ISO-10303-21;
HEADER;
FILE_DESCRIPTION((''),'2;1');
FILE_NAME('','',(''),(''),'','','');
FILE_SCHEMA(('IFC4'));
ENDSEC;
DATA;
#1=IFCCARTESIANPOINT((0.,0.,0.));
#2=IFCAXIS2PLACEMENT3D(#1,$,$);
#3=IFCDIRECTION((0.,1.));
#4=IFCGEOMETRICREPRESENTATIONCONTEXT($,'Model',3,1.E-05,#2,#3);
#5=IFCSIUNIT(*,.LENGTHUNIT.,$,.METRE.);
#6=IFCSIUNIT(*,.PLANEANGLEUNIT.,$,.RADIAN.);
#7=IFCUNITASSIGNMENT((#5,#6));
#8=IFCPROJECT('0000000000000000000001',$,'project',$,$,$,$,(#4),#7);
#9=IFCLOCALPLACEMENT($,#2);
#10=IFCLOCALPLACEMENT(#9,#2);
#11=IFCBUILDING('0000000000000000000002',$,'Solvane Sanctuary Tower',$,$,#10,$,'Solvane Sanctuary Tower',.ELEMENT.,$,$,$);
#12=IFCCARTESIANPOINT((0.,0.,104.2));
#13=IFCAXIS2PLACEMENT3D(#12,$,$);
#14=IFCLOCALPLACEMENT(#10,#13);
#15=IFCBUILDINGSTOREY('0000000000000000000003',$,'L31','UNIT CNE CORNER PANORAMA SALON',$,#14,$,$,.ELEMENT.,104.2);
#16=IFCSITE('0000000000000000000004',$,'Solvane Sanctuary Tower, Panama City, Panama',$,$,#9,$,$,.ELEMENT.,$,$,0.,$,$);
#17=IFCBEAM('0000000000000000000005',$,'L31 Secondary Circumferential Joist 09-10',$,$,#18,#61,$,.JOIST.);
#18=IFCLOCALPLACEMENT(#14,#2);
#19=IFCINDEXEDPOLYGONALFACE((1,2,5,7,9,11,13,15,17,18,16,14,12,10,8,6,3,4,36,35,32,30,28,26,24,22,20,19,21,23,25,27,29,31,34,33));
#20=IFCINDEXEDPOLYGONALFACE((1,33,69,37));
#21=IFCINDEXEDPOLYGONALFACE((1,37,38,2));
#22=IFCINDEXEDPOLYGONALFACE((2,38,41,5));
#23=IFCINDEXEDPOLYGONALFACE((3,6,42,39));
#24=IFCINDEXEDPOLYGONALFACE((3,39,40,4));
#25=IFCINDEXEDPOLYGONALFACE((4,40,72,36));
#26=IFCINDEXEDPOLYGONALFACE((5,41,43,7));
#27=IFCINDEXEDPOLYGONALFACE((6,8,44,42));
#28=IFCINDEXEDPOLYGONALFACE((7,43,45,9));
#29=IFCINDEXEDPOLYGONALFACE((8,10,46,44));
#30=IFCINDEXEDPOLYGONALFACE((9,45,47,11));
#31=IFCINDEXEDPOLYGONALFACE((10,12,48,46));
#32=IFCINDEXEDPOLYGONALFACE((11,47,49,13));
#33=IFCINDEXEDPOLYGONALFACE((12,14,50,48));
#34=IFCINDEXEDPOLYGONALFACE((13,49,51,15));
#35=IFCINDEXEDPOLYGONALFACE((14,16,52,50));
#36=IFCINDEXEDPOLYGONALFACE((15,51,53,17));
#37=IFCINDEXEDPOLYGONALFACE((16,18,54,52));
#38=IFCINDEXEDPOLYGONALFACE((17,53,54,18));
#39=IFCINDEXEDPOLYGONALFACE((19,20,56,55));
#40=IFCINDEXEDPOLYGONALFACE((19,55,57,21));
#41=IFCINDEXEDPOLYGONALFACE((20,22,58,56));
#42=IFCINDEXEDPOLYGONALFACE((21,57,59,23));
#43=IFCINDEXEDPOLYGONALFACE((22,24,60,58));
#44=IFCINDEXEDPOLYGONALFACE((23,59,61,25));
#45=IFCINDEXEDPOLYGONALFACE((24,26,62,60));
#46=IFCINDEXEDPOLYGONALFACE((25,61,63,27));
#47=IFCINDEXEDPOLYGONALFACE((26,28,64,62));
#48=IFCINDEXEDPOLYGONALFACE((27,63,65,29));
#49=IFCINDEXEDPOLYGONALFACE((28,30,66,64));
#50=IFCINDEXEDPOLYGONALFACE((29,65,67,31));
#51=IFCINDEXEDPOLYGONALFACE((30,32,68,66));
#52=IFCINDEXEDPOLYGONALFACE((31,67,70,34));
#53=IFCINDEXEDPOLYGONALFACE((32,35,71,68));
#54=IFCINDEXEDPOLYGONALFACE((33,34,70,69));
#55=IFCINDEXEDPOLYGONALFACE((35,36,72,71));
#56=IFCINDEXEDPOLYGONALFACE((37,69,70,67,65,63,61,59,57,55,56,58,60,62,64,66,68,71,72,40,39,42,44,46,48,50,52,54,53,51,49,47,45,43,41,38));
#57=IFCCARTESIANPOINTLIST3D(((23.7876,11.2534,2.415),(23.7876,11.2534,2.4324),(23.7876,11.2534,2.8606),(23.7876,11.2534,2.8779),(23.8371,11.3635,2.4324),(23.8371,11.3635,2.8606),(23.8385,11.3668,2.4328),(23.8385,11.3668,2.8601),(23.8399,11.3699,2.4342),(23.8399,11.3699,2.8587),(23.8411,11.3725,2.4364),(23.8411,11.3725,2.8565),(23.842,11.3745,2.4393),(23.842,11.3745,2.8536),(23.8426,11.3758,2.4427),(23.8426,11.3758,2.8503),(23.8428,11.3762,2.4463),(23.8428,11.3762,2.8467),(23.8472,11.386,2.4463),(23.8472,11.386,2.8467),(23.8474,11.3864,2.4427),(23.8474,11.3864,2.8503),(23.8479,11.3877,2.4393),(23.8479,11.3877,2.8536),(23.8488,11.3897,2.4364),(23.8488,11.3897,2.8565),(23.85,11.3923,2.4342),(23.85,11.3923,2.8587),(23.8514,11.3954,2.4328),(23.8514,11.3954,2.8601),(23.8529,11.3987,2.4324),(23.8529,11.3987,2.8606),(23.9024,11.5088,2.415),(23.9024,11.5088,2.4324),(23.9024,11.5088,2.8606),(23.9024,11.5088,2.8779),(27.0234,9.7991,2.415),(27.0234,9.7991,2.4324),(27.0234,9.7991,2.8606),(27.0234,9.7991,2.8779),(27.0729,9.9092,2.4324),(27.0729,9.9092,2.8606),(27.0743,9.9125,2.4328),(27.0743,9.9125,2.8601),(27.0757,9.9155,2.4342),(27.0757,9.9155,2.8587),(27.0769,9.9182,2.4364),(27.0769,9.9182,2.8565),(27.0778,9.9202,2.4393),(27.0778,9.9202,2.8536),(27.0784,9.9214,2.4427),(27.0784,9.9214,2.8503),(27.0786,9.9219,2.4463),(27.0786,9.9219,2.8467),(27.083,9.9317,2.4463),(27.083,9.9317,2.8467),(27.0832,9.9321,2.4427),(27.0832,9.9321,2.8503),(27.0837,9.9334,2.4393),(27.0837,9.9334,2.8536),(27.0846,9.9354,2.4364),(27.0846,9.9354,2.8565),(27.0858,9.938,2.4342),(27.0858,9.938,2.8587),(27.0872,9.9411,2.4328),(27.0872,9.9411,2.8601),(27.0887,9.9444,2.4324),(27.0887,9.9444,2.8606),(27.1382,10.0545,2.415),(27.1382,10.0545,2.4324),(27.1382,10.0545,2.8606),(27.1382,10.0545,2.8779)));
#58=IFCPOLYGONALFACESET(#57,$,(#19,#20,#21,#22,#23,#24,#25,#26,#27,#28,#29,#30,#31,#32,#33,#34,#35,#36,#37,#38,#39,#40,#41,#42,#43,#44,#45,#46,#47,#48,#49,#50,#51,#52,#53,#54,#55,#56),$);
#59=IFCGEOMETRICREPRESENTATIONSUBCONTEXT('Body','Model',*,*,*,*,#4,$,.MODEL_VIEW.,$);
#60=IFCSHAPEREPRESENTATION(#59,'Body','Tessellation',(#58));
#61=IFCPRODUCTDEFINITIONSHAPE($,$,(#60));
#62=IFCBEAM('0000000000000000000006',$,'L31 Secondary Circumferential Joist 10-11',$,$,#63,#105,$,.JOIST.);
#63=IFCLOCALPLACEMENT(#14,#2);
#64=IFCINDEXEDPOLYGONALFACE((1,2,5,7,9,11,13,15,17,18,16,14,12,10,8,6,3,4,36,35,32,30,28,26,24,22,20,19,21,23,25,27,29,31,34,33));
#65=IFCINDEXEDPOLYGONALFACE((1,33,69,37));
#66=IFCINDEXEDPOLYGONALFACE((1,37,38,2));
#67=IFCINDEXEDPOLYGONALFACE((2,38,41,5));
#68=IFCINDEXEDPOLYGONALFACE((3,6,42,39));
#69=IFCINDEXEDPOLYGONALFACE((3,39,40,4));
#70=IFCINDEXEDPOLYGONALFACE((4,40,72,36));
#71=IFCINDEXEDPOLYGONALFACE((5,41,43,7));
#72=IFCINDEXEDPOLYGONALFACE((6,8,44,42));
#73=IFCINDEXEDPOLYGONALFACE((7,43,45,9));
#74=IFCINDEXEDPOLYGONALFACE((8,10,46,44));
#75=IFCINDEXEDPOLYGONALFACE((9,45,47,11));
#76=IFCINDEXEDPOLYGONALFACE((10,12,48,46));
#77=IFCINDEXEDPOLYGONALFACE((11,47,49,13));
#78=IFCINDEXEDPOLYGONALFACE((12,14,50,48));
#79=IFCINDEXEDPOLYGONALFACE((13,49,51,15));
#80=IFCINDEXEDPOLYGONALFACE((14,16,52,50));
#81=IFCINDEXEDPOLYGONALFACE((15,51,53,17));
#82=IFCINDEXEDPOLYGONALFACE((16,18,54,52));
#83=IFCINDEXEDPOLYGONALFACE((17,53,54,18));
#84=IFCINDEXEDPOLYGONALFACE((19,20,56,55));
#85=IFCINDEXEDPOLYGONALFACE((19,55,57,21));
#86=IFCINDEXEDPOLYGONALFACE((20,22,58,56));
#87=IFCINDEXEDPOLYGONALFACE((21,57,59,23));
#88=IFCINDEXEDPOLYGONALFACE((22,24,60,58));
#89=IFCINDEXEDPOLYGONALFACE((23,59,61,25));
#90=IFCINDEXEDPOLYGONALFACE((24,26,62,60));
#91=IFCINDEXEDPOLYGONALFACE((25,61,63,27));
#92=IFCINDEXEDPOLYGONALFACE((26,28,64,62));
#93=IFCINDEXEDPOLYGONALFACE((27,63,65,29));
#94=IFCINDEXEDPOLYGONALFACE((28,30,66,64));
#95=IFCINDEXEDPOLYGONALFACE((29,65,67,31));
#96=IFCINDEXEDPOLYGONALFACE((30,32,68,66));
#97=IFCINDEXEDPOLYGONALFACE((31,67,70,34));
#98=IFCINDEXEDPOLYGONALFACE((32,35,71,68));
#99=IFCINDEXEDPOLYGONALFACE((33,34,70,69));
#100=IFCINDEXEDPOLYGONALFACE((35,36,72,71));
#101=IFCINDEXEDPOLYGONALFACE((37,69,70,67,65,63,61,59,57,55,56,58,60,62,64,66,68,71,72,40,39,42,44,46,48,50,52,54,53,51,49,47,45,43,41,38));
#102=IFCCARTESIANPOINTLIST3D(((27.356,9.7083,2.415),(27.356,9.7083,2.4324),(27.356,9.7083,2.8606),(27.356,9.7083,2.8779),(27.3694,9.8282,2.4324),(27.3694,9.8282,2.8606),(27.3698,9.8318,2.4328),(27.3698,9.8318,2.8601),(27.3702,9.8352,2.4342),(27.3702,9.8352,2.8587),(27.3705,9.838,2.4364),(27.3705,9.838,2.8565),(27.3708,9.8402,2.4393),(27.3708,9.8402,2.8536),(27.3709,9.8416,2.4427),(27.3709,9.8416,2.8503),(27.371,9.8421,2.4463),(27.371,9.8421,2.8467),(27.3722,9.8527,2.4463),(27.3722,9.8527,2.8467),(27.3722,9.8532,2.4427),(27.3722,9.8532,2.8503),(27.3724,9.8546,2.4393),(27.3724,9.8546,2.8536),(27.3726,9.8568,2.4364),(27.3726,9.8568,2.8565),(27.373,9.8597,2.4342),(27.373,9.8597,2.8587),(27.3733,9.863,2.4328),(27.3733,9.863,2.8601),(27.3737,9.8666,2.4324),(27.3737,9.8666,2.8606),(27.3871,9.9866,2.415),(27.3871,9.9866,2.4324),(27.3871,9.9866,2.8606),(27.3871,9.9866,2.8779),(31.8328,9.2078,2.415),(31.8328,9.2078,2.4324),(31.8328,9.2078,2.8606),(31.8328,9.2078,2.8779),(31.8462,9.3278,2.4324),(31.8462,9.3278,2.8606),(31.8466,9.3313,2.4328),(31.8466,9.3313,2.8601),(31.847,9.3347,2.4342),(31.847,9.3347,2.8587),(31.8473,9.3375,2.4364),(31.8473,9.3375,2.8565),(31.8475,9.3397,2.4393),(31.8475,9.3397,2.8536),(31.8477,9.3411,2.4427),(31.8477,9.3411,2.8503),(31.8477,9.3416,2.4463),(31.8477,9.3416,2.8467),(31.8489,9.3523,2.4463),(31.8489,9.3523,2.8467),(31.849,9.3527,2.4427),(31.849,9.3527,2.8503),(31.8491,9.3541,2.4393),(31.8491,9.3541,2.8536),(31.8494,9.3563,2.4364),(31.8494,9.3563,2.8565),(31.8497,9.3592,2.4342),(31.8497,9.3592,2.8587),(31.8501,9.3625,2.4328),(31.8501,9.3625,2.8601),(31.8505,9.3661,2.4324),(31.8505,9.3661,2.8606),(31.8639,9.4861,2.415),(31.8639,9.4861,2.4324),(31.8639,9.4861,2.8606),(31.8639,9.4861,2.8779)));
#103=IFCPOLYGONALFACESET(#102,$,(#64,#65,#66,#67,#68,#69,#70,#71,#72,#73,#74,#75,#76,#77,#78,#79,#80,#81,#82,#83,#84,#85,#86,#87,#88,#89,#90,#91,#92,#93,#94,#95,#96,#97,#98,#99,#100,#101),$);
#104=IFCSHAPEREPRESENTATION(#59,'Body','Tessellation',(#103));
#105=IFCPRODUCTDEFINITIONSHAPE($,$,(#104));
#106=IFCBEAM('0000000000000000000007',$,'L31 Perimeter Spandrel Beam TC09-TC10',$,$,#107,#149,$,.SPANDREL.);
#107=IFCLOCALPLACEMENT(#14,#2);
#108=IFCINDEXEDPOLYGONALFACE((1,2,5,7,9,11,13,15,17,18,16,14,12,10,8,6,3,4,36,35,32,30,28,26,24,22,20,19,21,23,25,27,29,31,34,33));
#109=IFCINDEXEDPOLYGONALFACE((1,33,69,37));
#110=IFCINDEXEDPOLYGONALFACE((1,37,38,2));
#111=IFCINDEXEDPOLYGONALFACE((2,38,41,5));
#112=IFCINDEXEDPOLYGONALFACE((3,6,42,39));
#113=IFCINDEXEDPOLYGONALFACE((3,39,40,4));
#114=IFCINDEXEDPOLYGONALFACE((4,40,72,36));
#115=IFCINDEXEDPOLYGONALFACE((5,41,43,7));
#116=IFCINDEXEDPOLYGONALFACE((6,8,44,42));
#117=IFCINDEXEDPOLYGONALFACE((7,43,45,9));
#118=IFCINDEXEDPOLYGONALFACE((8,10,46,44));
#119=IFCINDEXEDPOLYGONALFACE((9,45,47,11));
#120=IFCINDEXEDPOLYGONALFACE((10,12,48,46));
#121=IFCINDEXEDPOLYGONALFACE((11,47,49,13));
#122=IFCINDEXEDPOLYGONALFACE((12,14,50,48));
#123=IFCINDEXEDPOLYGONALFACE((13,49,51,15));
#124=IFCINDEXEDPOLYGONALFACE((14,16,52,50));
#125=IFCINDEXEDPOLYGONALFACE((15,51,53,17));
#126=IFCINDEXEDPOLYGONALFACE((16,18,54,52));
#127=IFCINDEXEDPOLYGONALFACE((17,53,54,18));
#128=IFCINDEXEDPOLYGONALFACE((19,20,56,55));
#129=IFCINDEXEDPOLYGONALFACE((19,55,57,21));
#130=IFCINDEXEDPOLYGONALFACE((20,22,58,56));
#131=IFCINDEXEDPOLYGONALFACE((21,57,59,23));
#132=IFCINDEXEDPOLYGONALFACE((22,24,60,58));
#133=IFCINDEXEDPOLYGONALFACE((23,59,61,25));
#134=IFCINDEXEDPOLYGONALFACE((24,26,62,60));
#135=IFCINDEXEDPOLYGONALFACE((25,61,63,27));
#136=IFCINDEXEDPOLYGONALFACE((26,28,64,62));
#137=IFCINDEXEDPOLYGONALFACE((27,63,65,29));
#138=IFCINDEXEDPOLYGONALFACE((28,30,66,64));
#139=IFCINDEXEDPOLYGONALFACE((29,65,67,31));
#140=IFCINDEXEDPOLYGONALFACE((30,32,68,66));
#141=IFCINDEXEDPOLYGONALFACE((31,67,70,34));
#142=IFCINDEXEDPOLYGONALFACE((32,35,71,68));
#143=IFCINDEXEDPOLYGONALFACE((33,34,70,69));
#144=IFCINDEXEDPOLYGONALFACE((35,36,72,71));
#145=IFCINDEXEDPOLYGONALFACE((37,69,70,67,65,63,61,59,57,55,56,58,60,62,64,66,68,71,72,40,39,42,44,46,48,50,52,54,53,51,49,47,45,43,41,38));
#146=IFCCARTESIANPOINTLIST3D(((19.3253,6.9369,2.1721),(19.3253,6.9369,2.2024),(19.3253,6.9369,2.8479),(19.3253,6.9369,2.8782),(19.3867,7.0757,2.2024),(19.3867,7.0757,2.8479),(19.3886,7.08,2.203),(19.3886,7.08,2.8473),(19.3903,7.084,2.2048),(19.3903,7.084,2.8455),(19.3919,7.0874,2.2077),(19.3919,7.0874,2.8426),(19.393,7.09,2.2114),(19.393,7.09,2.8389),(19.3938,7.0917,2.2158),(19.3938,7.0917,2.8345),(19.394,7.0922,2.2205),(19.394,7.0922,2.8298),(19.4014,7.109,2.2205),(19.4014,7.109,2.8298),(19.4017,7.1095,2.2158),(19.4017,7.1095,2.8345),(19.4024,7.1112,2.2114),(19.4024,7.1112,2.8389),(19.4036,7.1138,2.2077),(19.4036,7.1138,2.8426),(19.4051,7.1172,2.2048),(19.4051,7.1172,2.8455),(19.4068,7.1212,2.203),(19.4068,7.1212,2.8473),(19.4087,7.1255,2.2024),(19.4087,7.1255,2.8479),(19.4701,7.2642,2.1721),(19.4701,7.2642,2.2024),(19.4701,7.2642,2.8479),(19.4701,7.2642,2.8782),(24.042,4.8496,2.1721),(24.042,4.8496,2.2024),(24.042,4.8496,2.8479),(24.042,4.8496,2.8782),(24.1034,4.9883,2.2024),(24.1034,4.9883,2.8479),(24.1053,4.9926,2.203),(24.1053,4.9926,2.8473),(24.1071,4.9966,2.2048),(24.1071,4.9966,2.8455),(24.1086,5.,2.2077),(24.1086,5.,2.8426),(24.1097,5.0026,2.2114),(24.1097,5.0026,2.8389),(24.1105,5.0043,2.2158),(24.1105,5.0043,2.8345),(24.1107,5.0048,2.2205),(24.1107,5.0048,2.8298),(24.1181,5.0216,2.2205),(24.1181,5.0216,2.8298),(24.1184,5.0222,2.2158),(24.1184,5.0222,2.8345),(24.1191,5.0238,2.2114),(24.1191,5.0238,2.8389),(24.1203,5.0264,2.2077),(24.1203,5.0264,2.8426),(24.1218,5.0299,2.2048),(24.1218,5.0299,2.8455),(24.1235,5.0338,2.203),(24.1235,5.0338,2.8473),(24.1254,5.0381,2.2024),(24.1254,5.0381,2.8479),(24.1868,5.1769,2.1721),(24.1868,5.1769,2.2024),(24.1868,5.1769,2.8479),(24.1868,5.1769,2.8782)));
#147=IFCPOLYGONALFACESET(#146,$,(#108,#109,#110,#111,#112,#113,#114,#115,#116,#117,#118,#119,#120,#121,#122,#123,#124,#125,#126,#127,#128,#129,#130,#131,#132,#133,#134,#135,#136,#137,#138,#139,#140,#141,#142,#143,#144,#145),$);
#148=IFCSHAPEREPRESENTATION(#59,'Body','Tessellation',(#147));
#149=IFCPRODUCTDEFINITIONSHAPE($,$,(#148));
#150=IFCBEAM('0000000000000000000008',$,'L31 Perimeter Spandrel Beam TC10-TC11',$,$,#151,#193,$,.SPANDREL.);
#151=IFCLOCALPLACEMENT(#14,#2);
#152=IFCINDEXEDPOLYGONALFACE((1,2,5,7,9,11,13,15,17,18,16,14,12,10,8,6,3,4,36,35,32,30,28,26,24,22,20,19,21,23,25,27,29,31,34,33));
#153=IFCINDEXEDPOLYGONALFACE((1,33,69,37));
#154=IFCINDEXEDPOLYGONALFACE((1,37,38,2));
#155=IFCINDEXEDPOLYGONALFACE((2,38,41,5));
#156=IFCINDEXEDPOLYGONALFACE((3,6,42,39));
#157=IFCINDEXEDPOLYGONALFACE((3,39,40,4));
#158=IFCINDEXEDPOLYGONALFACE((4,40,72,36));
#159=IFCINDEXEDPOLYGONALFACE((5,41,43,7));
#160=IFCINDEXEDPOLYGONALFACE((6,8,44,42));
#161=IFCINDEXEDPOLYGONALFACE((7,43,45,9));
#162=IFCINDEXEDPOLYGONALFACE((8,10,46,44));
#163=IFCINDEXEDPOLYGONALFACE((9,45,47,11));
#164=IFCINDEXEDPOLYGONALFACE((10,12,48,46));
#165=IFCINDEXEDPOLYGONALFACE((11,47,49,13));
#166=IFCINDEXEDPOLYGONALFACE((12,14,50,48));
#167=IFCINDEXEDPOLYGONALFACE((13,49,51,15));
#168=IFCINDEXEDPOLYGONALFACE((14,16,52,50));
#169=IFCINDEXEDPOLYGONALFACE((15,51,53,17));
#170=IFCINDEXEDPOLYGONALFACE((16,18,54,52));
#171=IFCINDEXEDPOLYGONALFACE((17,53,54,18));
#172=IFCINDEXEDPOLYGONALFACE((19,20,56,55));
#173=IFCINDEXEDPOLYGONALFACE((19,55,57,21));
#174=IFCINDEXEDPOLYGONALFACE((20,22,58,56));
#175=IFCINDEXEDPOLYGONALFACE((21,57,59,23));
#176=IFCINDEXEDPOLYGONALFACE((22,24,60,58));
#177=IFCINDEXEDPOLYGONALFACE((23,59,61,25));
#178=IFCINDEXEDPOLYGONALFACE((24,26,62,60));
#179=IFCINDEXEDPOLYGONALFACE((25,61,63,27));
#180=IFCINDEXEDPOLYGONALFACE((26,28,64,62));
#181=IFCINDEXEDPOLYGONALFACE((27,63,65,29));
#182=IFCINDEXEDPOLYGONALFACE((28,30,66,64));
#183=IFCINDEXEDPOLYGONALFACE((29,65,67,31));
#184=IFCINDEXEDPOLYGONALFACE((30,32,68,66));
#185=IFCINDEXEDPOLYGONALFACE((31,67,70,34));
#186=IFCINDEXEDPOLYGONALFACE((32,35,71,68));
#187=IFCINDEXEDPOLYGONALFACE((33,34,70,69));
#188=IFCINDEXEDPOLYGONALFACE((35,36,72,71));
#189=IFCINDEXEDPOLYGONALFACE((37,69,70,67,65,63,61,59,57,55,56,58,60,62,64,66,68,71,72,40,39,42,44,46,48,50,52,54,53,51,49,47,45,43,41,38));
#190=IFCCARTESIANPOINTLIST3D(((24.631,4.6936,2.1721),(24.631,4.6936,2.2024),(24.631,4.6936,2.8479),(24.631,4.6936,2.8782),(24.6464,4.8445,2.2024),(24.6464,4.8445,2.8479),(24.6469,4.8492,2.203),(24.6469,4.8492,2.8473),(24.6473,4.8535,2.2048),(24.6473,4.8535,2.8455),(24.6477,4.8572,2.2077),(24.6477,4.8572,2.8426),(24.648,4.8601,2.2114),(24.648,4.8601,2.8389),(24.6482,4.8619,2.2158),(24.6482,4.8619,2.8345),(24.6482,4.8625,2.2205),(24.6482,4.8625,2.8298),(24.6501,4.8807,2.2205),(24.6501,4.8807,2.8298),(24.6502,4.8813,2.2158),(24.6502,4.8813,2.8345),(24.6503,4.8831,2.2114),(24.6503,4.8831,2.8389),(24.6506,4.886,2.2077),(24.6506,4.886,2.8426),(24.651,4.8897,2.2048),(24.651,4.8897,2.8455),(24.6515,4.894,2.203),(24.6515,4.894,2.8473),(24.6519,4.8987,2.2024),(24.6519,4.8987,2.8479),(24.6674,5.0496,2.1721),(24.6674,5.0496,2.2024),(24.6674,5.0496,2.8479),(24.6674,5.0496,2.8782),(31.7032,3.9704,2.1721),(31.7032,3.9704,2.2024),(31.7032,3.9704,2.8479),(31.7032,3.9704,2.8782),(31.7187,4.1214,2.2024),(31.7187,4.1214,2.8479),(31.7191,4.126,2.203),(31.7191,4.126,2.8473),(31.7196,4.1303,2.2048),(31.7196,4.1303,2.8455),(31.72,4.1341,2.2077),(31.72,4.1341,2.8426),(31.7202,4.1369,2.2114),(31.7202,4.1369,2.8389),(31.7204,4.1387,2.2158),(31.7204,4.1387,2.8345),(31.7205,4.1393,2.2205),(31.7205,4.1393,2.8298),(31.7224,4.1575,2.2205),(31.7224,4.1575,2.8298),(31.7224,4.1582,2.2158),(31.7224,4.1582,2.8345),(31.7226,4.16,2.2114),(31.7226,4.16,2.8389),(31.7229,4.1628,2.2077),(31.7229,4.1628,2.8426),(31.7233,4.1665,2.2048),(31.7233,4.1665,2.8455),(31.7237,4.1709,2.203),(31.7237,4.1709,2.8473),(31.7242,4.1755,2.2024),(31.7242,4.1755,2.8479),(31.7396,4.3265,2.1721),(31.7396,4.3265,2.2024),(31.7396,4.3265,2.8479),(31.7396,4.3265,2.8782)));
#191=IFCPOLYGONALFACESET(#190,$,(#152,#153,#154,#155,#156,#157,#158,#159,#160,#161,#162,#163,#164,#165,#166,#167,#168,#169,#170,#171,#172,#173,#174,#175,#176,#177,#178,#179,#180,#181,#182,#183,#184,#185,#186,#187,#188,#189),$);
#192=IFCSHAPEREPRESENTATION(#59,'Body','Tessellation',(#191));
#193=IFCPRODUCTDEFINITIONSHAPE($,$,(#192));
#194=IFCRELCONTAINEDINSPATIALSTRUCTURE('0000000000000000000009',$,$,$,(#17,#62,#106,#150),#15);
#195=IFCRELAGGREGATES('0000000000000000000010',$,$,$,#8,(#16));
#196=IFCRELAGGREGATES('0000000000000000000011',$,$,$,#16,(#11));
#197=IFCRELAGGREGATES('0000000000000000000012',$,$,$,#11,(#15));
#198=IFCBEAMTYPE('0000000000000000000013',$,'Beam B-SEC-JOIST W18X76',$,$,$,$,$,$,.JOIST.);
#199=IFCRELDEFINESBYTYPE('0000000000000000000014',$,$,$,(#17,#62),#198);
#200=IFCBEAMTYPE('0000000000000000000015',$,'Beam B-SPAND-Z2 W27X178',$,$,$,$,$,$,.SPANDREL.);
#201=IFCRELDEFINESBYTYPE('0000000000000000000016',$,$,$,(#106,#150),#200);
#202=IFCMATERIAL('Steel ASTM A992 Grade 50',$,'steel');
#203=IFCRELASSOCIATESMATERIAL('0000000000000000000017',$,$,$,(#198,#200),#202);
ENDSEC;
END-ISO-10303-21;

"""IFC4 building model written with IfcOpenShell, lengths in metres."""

from ifc_helpers import new_model, si_unit, direction, frame, origin, origin_2d, place, context, subcontext, project, spatial, i_section, extrude, material, material_profile, profile_set, type_object, element, save


model = new_model("IFC4")

# Units and contexts
model_context = context("Model", 3, precision=1e-05, world=origin(), true_north=direction((0.0, 1.0)))
body_context = subcontext(model_context, "Body", "Model", "MODEL_VIEW")
ifc_project = project(units=[si_unit("LENGTHUNIT", "METRE"), si_unit("PLANEANGLEUNIT", "RADIAN")], contexts=[model_context])

# Site, building, storey
site_placement = place(None, origin())
site = spatial("IfcSite", under=ifc_project, at=site_placement, Name="Solvane Sanctuary Tower, Panama City, Panama", CompositionType="ELEMENT", RefElevation=0.0)
building_placement = place(site_placement, origin())
building = spatial("IfcBuilding", under=site, at=building_placement, Name="Solvane Sanctuary Tower", LongName="Solvane Sanctuary Tower", CompositionType="ELEMENT")
storey_placement = place(building_placement, frame((0.0, 0.0, 104.2)))
storey = spatial("IfcBuildingStorey", under=building, at=storey_placement, Name="L31", Description="UNIT CNE CORNER PANORAMA SALON", CompositionType="ELEMENT", Elevation=104.2)

# Beams
ifc_material_1 = material(Name="Steel ASTM A992 Grade 50", Category="steel")
ifc_material_profile_1 = material_profile(ifc_material_1, i_section(OverallWidth=0.28, OverallDepth=0.4629, WebThickness=0.0107, FlangeThickness=0.0173, FilletRadius=0.0139, at=origin_2d()), Name="W18X76")
ifc_profile_set_1 = profile_set([ifc_material_profile_1], Name="Steel ASTM A992 Grade 50")
beam_type_1 = type_object("IfcBeamType", Name="Beam B-SEC-JOIST W18X76", PredefinedType="JOIST", material=ifc_profile_set_1)
beam_1_placement = place(storey_placement, frame((23.845, 11.3811, 2.6465), z_axis=(0.912109, -0.409947, 0.0), x_axis=(0.409947, 0.912109, 0.0)))
element("IfcBeam", 1, at=beam_1_placement, inside=storey, type_object=beam_type_1, Name="L31 Secondary Circumferential Joist 09-10", PredefinedType="JOIST", context=body_context, shape_type="SweptSolid", body=[
    extrude(i_section(OverallWidth=0.28, OverallDepth=0.4629, WebThickness=0.0107, FlangeThickness=0.0173, FilletRadius=0.0139, at=origin_2d()), origin(), (0.0, 0.0, 1.0), 3.5476),
])
beam_2_placement = place(storey_placement, frame((27.3716, 9.8474, 2.6465), z_axis=(0.993809, -0.111104, 0.0), x_axis=(0.111104, 0.993809, 0.0)))
element("IfcBeam", 2, at=beam_2_placement, inside=storey, type_object=beam_type_1, Name="L31 Secondary Circumferential Joist 10-11", PredefinedType="JOIST", context=body_context, shape_type="SweptSolid", body=[
    extrude(i_section(OverallWidth=0.28, OverallDepth=0.4629, WebThickness=0.0107, FlangeThickness=0.0173, FilletRadius=0.0139, at=origin_2d()), origin(), (0.0, 0.0, 1.0), 4.5046),
])
ifc_material_profile_2 = material_profile(ifc_material_1, i_section(OverallWidth=0.3579, OverallDepth=0.7061, WebThickness=0.0183, FlangeThickness=0.0303, FilletRadius=0.0181, at=origin_2d()), Name="W27X178")
ifc_profile_set_2 = profile_set([ifc_material_profile_2], Name="Steel ASTM A992 Grade 50")
beam_type_2 = type_object("IfcBeamType", Name="Beam B-SPAND-Z2 W27X178", PredefinedType="SPANDREL", material=ifc_profile_set_2)
beam_3_placement = place(storey_placement, frame((19.3977, 7.1006, 2.5251), z_axis=(0.914455, -0.404689, 0.0), x_axis=(0.404689, 0.914455, 0.0)))
element("IfcBeam", 3, at=beam_3_placement, inside=storey, type_object=beam_type_2, Name="L31 Perimeter Spandrel Beam TC09-TC10", PredefinedType="SPANDREL", context=body_context, shape_type="SweptSolid", body=[
    extrude(i_section(OverallWidth=0.3579, OverallDepth=0.7061, WebThickness=0.0183, FlangeThickness=0.0303, FilletRadius=0.0181, at=origin_2d()), origin(), (0.0, 0.0, 1.0), 5.158),
])
beam_4_placement = place(storey_placement, frame((24.6492, 4.8716, 2.5251), z_axis=(0.994813, -0.10172, 0.0), x_axis=(0.10172, 0.994813, 0.0)))
element("IfcBeam", 4, at=beam_4_placement, inside=storey, type_object=beam_type_2, Name="L31 Perimeter Spandrel Beam TC10-TC11", PredefinedType="SPANDREL", context=body_context, shape_type="SweptSolid", body=[
    extrude(i_section(OverallWidth=0.3579, OverallDepth=0.7061, WebThickness=0.0183, FlangeThickness=0.0303, FilletRadius=0.0181, at=origin_2d()), origin(), (0.0, 0.0, 1.0), 7.1091),
])

save(model, "model.ifc")
